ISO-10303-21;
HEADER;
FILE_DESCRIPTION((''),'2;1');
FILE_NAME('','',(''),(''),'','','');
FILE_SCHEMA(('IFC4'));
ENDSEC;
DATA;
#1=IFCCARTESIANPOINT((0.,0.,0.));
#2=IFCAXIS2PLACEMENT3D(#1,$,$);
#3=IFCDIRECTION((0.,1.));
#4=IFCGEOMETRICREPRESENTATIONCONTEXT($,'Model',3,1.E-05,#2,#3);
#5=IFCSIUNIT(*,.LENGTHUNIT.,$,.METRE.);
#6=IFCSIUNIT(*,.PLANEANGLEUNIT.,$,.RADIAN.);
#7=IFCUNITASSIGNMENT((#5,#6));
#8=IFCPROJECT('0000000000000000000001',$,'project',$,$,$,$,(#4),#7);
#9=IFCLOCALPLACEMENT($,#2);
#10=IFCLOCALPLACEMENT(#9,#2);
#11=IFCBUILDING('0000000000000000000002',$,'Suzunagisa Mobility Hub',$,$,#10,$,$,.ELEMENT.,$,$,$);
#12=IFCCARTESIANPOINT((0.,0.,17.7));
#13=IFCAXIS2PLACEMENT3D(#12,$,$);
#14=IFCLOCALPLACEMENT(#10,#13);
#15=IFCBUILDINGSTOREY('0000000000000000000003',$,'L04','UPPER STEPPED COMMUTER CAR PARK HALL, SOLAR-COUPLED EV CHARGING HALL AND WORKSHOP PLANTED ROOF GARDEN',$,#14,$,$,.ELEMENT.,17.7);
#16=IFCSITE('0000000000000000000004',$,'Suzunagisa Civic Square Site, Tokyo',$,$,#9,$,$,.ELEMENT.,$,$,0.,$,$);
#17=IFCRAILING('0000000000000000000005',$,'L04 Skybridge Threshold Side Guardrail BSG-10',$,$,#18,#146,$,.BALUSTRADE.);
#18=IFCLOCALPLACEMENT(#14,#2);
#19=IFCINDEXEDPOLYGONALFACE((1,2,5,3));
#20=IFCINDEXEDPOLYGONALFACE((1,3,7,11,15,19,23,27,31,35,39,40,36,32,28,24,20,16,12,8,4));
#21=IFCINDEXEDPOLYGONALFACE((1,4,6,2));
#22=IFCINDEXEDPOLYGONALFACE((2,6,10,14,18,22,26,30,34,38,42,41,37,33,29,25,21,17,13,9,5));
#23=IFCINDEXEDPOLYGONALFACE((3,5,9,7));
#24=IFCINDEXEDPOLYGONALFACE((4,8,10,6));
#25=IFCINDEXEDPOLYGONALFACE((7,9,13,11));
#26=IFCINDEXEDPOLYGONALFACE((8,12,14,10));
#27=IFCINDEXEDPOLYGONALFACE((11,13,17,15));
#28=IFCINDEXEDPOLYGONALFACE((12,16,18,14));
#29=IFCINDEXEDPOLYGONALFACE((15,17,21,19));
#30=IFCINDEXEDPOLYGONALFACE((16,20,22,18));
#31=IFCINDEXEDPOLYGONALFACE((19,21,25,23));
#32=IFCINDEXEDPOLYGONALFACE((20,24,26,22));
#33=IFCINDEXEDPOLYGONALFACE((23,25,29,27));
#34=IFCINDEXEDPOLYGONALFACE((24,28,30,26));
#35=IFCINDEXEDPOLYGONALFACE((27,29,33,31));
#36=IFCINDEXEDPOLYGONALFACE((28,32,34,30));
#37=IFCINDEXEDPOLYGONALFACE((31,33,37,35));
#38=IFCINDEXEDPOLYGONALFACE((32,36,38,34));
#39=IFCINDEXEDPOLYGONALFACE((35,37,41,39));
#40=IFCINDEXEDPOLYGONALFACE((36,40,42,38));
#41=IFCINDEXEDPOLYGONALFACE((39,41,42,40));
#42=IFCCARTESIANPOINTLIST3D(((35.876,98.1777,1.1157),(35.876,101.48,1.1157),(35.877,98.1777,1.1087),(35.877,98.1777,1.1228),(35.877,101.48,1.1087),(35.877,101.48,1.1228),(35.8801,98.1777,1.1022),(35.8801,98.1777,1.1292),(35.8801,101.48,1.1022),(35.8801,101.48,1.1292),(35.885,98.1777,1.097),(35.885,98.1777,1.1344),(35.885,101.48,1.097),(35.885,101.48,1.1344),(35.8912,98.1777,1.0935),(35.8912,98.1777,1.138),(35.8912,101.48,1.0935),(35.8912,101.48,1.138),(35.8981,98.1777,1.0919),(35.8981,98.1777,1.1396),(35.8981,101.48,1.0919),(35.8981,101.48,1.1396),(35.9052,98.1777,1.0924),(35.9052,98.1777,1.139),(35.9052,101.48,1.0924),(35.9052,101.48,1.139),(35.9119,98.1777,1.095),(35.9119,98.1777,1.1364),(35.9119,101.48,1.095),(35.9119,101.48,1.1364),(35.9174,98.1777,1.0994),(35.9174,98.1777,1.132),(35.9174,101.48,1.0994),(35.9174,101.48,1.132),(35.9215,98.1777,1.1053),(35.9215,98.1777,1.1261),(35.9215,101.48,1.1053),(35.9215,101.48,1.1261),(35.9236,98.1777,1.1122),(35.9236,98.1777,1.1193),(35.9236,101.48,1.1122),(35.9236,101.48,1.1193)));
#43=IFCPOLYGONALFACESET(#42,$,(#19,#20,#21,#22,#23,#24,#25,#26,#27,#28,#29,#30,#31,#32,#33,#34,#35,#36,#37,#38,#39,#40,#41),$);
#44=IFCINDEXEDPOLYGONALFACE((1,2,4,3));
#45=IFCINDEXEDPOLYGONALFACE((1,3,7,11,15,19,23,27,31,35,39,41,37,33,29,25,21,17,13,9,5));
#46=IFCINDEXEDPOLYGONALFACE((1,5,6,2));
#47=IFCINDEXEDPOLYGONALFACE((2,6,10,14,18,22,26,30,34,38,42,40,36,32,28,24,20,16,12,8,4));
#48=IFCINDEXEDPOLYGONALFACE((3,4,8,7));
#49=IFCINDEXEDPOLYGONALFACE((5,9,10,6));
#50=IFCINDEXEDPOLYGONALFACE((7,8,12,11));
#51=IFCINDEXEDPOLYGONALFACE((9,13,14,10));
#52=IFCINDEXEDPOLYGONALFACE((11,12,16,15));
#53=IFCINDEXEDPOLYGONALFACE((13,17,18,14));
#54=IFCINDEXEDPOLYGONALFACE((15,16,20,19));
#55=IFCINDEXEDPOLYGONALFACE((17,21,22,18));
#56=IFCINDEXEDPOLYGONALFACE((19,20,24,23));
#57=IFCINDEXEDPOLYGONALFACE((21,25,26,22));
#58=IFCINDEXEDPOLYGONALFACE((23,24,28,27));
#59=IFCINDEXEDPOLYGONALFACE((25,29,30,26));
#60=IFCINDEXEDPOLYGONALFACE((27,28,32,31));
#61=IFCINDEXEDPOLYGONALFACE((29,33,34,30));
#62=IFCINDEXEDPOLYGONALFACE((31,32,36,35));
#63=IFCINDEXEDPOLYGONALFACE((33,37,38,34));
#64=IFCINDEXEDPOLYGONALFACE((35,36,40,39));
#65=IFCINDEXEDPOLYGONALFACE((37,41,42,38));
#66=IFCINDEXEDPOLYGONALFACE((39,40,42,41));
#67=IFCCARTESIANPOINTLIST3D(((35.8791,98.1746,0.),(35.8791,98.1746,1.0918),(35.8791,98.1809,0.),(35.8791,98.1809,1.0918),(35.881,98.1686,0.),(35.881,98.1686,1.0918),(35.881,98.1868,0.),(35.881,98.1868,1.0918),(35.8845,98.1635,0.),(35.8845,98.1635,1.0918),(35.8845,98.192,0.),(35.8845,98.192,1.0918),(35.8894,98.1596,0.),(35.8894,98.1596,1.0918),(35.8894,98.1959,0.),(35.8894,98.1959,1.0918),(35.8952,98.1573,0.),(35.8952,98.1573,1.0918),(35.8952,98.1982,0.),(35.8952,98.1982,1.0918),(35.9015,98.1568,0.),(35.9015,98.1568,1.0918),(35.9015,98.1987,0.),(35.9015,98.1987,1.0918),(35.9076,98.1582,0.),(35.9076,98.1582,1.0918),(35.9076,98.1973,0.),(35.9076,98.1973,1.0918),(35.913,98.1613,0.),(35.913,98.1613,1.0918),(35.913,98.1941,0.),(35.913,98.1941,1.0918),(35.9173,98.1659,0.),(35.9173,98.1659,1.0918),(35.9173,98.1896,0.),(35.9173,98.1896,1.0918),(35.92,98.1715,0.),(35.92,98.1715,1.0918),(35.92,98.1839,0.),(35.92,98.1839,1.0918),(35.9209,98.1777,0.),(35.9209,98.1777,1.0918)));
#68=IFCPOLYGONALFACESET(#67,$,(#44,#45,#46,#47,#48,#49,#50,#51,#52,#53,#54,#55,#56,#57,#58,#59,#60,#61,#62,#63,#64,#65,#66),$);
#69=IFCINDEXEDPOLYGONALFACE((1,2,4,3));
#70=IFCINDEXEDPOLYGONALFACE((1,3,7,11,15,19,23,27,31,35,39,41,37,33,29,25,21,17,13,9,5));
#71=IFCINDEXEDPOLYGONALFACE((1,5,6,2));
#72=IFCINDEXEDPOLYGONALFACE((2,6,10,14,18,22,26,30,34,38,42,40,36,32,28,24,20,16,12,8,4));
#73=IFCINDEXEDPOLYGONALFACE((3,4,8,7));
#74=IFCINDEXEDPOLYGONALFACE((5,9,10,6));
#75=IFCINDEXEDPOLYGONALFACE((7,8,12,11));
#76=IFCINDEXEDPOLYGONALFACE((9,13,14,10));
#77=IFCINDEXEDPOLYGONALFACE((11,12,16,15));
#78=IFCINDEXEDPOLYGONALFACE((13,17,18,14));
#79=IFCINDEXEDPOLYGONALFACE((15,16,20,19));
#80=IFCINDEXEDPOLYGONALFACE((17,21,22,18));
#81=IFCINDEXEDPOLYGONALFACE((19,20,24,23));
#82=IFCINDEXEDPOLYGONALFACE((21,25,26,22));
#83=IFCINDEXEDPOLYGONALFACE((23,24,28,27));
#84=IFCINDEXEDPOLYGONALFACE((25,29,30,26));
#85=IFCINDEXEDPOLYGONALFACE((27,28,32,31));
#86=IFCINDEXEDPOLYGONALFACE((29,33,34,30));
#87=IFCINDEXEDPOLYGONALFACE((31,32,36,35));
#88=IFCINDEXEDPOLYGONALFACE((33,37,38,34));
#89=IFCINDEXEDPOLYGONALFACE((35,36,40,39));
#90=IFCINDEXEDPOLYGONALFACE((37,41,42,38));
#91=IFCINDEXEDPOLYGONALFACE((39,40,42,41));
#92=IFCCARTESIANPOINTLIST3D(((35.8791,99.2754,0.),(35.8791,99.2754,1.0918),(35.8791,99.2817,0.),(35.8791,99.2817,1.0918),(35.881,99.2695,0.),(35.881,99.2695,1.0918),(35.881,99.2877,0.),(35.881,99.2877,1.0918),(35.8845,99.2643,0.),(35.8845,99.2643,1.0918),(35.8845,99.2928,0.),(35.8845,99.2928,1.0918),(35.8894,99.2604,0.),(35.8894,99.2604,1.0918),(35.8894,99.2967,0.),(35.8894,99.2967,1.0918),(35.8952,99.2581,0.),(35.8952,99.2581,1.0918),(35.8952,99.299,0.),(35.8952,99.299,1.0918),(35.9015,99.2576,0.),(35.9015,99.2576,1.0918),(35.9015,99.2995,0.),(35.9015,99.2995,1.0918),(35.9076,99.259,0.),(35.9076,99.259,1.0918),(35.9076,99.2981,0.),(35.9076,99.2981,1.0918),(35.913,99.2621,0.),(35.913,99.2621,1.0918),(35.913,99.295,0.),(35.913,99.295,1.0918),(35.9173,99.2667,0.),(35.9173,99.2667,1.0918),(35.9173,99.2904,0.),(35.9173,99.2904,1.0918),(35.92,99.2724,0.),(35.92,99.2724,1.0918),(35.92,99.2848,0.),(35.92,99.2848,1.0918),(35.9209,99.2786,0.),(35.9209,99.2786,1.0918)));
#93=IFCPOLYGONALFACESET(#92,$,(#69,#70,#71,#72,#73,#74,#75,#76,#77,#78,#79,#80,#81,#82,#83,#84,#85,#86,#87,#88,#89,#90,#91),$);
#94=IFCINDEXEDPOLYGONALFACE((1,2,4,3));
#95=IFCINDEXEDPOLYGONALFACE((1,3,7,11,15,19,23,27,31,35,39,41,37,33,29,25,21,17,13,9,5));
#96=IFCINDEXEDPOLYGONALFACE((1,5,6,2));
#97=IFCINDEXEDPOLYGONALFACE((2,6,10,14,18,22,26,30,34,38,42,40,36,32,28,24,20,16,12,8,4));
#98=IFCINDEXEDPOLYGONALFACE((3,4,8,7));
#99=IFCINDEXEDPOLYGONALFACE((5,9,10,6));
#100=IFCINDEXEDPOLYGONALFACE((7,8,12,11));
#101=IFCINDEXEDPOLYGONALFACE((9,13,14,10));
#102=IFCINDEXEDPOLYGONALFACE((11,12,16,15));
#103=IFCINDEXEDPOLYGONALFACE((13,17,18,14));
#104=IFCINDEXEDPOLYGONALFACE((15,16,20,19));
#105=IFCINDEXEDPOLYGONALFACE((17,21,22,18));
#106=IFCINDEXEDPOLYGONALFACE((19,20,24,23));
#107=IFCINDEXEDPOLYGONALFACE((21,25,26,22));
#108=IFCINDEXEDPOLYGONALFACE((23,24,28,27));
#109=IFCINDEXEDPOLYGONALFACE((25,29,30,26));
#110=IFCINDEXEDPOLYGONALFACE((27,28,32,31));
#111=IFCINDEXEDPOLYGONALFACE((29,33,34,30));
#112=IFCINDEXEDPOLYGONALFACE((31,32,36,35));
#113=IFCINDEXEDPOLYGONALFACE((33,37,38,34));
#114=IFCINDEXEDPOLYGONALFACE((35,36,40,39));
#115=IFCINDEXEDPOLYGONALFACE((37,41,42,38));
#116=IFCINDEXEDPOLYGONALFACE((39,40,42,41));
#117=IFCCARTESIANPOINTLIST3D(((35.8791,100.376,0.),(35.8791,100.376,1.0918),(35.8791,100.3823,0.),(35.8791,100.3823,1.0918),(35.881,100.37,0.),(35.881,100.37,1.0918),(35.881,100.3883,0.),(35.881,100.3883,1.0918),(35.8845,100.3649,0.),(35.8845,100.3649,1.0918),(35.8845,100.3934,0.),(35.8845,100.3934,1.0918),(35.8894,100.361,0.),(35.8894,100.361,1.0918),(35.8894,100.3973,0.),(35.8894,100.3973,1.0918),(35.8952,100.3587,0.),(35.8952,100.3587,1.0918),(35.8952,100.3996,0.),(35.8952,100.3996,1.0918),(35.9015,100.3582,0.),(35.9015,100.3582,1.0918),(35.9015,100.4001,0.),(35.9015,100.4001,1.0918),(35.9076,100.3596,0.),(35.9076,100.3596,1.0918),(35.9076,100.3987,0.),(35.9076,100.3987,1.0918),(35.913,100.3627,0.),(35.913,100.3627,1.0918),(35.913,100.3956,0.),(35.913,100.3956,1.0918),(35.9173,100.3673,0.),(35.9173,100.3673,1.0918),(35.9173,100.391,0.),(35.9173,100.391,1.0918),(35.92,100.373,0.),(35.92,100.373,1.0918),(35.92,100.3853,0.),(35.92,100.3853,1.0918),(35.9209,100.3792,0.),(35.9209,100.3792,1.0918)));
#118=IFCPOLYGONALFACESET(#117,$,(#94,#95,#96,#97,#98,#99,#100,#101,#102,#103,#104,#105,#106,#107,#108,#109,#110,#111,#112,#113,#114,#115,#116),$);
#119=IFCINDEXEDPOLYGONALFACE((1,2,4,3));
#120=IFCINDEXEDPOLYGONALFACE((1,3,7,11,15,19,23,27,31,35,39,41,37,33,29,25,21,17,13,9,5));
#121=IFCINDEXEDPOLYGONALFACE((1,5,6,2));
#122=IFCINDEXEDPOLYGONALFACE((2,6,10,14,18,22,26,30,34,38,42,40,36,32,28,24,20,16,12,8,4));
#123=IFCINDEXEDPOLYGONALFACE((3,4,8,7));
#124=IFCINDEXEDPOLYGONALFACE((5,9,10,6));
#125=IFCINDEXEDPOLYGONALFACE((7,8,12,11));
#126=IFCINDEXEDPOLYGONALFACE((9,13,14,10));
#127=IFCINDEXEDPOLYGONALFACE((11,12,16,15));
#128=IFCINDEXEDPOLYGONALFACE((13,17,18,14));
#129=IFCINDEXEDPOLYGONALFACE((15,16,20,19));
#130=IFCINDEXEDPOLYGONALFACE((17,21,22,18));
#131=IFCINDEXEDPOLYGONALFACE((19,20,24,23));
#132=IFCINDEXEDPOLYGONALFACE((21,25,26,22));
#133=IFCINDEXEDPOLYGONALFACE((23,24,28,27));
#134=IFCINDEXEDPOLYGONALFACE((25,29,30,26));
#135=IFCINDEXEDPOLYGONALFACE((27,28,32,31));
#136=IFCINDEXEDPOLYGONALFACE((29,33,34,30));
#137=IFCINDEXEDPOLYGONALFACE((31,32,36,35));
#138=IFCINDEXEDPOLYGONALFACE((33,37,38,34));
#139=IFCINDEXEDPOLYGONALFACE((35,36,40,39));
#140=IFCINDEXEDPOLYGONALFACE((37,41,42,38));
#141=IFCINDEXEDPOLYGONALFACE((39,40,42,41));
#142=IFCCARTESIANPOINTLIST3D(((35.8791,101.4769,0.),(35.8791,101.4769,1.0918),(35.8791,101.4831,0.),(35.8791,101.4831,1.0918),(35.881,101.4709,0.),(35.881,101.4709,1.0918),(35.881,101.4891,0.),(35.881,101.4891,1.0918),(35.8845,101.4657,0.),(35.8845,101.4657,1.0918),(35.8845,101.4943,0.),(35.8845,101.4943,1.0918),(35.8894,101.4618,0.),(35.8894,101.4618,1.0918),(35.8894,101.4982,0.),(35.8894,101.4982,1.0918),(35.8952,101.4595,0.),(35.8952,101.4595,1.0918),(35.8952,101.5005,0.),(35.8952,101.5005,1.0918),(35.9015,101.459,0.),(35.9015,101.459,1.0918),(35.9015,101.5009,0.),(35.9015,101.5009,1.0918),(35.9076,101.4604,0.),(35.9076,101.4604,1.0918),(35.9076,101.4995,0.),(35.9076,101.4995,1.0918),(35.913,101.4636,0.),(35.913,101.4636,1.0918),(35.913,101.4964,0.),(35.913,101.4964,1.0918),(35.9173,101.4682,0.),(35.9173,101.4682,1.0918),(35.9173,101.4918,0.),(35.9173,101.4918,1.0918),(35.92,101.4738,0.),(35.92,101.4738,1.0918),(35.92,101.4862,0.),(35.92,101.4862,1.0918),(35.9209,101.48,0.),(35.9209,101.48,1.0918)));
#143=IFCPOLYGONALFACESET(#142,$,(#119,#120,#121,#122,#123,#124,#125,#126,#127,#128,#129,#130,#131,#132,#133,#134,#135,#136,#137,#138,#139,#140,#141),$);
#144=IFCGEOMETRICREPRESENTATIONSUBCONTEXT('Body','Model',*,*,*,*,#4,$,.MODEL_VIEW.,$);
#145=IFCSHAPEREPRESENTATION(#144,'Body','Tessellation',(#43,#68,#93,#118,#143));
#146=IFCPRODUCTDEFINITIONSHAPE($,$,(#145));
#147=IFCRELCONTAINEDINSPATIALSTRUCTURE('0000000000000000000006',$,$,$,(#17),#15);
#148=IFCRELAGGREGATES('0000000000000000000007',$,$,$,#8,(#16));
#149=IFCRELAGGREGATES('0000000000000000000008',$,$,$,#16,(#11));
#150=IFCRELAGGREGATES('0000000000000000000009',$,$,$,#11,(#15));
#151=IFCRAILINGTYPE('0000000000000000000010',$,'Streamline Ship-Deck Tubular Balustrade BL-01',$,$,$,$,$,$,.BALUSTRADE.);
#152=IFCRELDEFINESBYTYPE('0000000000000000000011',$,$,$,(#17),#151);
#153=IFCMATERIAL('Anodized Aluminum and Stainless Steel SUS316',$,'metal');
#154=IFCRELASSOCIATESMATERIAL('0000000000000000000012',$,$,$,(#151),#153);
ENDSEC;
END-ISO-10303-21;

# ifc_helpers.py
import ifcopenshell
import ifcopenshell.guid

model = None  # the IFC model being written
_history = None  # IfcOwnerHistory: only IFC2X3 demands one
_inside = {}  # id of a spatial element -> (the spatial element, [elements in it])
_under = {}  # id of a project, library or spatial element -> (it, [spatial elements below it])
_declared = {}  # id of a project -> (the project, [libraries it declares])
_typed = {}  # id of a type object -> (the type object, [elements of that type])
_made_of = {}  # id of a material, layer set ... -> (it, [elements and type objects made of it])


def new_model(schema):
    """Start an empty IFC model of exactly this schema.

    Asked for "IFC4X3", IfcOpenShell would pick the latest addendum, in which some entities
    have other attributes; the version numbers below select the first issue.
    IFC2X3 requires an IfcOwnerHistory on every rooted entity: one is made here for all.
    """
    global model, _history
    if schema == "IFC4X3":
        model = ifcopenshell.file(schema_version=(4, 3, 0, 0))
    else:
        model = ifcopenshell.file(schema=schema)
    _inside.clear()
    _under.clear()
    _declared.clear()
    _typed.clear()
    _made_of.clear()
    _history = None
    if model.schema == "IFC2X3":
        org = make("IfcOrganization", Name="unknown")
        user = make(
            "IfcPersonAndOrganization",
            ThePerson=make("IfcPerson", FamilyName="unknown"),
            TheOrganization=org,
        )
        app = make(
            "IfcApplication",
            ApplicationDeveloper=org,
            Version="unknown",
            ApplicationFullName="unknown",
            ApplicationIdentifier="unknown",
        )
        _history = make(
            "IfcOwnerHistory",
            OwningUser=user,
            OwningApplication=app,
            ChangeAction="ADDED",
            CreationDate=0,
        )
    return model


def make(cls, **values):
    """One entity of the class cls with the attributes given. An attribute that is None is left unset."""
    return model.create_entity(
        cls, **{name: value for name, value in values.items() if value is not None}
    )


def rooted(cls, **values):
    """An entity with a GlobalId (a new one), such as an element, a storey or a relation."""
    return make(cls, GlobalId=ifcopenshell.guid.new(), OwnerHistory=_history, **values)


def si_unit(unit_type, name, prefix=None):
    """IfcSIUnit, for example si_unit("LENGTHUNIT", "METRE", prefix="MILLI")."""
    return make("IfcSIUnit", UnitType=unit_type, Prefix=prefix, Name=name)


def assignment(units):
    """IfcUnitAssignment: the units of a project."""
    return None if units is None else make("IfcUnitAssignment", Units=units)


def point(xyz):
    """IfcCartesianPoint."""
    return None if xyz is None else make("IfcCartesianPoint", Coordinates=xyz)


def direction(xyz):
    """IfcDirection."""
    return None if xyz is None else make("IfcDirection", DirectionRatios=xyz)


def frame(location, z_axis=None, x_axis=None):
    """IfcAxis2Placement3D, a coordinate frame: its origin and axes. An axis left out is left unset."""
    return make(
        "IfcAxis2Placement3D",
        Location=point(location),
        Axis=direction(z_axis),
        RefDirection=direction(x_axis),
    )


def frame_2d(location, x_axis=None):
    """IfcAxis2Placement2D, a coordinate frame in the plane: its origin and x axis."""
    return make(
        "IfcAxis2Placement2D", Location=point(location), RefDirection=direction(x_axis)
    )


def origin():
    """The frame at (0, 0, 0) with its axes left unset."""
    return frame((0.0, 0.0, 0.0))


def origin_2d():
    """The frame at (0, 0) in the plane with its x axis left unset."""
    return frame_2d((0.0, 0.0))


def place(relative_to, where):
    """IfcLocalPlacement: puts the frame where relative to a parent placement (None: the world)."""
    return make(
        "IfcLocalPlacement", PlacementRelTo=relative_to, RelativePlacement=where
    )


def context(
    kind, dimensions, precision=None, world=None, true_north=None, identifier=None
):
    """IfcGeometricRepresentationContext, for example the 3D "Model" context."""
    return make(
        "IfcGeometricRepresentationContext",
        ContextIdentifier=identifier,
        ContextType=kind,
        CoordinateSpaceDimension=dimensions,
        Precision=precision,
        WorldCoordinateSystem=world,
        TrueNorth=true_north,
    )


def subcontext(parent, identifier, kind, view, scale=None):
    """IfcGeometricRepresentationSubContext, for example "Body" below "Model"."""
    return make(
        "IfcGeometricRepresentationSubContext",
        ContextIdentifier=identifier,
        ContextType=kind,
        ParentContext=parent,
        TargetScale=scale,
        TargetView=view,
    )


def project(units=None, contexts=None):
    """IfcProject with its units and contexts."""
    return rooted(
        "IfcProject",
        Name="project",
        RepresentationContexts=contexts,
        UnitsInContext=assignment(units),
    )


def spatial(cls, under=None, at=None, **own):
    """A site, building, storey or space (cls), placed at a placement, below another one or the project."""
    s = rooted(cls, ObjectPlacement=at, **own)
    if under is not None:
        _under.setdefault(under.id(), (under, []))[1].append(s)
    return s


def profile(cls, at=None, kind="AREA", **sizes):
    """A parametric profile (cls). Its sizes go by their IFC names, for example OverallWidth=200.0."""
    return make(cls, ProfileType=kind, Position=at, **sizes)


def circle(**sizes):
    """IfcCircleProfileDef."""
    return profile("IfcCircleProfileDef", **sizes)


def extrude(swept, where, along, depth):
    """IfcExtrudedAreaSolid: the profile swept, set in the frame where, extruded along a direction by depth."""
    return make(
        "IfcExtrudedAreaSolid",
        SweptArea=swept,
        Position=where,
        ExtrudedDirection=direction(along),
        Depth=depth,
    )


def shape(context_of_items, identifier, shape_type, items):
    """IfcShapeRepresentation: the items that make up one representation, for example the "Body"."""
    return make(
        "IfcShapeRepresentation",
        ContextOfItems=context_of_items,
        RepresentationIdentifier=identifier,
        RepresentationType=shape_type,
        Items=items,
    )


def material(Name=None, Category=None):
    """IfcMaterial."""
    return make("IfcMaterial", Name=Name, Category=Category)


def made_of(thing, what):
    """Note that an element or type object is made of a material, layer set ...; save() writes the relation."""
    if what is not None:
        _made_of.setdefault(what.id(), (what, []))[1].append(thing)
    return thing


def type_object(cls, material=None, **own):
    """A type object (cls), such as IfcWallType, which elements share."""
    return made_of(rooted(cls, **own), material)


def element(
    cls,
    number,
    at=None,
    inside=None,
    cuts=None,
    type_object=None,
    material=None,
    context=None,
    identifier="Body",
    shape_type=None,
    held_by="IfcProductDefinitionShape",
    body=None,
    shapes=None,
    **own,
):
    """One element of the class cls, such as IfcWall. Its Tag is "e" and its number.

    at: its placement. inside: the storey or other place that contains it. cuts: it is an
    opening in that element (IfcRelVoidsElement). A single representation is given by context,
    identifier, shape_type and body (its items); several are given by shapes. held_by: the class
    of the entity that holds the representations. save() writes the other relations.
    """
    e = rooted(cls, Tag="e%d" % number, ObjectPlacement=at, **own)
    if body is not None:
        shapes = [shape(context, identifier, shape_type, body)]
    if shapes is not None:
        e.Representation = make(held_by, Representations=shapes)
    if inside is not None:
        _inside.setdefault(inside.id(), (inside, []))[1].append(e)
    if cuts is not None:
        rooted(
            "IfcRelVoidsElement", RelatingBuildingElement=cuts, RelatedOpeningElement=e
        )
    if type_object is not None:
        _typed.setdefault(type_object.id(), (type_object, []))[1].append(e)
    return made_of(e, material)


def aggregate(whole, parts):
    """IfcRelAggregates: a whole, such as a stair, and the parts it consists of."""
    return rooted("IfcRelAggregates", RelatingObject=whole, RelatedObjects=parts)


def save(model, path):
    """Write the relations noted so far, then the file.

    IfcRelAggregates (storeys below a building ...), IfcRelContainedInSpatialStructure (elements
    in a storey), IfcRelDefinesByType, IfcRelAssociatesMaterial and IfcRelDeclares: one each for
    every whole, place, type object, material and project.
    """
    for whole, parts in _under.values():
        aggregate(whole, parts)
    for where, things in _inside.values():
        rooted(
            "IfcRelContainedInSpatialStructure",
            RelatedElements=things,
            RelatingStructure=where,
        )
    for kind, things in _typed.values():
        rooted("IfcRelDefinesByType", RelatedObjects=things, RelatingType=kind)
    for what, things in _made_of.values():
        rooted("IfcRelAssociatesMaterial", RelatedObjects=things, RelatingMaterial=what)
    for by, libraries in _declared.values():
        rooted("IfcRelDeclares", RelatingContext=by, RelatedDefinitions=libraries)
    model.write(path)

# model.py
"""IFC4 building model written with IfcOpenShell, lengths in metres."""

from ifc_helpers import new_model, si_unit, direction, frame, origin, origin_2d, place, context, subcontext, project, spatial, circle, extrude, material, type_object, element, save


model = new_model("IFC4")

# Units and contexts
model_context = context("Model", 3, precision=1e-05, world=origin(), true_north=direction((0.0, 1.0)))
body_context = subcontext(model_context, "Body", "Model", "MODEL_VIEW")
ifc_project = project(units=[si_unit("LENGTHUNIT", "METRE"), si_unit("PLANEANGLEUNIT", "RADIAN")], contexts=[model_context])

# Site, building, storey
site_placement = place(None, origin())
site = spatial("IfcSite", under=ifc_project, at=site_placement, Name="Suzunagisa Civic Square Site, Tokyo", CompositionType="ELEMENT", RefElevation=0.0)
building_placement = place(site_placement, origin())
building = spatial("IfcBuilding", under=site, at=building_placement, Name="Suzunagisa Mobility Hub", CompositionType="ELEMENT")
storey_placement = place(building_placement, frame((0.0, 0.0, 17.7)))
storey = spatial("IfcBuildingStorey", under=building, at=storey_placement, Name="L04", Description="UPPER STEPPED COMMUTER CAR PARK HALL, SOLAR-COUPLED EV CHARGING HALL AND WORKSHOP PLANTED ROOF GARDEN", CompositionType="ELEMENT", Elevation=17.7)

# Railing
ifc_material_1 = material(Name="Anodized Aluminum and Stainless Steel SUS316", Category="metal")
railing_type_1 = type_object("IfcRailingType", Name="Streamline Ship-Deck Tubular Balustrade BL-01", PredefinedType="BALUSTRADE", material=ifc_material_1)
railing_1_placement = place(storey_placement, frame((35.8999, 98.1777, 0.0)))
element("IfcRailing", 1, at=railing_1_placement, inside=storey, type_object=railing_type_1, Name="L04 Skybridge Threshold Side Guardrail BSG-10", PredefinedType="BALUSTRADE", context=body_context, shape_type="SweptSolid", body=[
    extrude(circle(Radius=0.0239, at=origin_2d()), frame((0.0, 0.0, 1.1157), z_axis=(0.0, 1.0, 0.0), x_axis=(-1.0, 0.0, 0.0)), (0.0, 0.0, 1.0), 3.3022),
    extrude(circle(Radius=0.021, at=origin_2d()), origin(), (0.0, 0.0, 1.0), 1.0918),
    extrude(circle(Radius=0.021, at=origin_2d()), frame((0.0, 1.1008, 0.0)), (0.0, 0.0, 1.0), 1.0918),
    extrude(circle(Radius=0.021, at=origin_2d()), frame((0.0, 2.2014, 0.0)), (0.0, 0.0, 1.0), 1.0918),
    extrude(circle(Radius=0.021, at=origin_2d()), frame((0.0, 3.3022, 0.0)), (0.0, 0.0, 1.0), 1.0918),
])

save(model, "model.ifc")
